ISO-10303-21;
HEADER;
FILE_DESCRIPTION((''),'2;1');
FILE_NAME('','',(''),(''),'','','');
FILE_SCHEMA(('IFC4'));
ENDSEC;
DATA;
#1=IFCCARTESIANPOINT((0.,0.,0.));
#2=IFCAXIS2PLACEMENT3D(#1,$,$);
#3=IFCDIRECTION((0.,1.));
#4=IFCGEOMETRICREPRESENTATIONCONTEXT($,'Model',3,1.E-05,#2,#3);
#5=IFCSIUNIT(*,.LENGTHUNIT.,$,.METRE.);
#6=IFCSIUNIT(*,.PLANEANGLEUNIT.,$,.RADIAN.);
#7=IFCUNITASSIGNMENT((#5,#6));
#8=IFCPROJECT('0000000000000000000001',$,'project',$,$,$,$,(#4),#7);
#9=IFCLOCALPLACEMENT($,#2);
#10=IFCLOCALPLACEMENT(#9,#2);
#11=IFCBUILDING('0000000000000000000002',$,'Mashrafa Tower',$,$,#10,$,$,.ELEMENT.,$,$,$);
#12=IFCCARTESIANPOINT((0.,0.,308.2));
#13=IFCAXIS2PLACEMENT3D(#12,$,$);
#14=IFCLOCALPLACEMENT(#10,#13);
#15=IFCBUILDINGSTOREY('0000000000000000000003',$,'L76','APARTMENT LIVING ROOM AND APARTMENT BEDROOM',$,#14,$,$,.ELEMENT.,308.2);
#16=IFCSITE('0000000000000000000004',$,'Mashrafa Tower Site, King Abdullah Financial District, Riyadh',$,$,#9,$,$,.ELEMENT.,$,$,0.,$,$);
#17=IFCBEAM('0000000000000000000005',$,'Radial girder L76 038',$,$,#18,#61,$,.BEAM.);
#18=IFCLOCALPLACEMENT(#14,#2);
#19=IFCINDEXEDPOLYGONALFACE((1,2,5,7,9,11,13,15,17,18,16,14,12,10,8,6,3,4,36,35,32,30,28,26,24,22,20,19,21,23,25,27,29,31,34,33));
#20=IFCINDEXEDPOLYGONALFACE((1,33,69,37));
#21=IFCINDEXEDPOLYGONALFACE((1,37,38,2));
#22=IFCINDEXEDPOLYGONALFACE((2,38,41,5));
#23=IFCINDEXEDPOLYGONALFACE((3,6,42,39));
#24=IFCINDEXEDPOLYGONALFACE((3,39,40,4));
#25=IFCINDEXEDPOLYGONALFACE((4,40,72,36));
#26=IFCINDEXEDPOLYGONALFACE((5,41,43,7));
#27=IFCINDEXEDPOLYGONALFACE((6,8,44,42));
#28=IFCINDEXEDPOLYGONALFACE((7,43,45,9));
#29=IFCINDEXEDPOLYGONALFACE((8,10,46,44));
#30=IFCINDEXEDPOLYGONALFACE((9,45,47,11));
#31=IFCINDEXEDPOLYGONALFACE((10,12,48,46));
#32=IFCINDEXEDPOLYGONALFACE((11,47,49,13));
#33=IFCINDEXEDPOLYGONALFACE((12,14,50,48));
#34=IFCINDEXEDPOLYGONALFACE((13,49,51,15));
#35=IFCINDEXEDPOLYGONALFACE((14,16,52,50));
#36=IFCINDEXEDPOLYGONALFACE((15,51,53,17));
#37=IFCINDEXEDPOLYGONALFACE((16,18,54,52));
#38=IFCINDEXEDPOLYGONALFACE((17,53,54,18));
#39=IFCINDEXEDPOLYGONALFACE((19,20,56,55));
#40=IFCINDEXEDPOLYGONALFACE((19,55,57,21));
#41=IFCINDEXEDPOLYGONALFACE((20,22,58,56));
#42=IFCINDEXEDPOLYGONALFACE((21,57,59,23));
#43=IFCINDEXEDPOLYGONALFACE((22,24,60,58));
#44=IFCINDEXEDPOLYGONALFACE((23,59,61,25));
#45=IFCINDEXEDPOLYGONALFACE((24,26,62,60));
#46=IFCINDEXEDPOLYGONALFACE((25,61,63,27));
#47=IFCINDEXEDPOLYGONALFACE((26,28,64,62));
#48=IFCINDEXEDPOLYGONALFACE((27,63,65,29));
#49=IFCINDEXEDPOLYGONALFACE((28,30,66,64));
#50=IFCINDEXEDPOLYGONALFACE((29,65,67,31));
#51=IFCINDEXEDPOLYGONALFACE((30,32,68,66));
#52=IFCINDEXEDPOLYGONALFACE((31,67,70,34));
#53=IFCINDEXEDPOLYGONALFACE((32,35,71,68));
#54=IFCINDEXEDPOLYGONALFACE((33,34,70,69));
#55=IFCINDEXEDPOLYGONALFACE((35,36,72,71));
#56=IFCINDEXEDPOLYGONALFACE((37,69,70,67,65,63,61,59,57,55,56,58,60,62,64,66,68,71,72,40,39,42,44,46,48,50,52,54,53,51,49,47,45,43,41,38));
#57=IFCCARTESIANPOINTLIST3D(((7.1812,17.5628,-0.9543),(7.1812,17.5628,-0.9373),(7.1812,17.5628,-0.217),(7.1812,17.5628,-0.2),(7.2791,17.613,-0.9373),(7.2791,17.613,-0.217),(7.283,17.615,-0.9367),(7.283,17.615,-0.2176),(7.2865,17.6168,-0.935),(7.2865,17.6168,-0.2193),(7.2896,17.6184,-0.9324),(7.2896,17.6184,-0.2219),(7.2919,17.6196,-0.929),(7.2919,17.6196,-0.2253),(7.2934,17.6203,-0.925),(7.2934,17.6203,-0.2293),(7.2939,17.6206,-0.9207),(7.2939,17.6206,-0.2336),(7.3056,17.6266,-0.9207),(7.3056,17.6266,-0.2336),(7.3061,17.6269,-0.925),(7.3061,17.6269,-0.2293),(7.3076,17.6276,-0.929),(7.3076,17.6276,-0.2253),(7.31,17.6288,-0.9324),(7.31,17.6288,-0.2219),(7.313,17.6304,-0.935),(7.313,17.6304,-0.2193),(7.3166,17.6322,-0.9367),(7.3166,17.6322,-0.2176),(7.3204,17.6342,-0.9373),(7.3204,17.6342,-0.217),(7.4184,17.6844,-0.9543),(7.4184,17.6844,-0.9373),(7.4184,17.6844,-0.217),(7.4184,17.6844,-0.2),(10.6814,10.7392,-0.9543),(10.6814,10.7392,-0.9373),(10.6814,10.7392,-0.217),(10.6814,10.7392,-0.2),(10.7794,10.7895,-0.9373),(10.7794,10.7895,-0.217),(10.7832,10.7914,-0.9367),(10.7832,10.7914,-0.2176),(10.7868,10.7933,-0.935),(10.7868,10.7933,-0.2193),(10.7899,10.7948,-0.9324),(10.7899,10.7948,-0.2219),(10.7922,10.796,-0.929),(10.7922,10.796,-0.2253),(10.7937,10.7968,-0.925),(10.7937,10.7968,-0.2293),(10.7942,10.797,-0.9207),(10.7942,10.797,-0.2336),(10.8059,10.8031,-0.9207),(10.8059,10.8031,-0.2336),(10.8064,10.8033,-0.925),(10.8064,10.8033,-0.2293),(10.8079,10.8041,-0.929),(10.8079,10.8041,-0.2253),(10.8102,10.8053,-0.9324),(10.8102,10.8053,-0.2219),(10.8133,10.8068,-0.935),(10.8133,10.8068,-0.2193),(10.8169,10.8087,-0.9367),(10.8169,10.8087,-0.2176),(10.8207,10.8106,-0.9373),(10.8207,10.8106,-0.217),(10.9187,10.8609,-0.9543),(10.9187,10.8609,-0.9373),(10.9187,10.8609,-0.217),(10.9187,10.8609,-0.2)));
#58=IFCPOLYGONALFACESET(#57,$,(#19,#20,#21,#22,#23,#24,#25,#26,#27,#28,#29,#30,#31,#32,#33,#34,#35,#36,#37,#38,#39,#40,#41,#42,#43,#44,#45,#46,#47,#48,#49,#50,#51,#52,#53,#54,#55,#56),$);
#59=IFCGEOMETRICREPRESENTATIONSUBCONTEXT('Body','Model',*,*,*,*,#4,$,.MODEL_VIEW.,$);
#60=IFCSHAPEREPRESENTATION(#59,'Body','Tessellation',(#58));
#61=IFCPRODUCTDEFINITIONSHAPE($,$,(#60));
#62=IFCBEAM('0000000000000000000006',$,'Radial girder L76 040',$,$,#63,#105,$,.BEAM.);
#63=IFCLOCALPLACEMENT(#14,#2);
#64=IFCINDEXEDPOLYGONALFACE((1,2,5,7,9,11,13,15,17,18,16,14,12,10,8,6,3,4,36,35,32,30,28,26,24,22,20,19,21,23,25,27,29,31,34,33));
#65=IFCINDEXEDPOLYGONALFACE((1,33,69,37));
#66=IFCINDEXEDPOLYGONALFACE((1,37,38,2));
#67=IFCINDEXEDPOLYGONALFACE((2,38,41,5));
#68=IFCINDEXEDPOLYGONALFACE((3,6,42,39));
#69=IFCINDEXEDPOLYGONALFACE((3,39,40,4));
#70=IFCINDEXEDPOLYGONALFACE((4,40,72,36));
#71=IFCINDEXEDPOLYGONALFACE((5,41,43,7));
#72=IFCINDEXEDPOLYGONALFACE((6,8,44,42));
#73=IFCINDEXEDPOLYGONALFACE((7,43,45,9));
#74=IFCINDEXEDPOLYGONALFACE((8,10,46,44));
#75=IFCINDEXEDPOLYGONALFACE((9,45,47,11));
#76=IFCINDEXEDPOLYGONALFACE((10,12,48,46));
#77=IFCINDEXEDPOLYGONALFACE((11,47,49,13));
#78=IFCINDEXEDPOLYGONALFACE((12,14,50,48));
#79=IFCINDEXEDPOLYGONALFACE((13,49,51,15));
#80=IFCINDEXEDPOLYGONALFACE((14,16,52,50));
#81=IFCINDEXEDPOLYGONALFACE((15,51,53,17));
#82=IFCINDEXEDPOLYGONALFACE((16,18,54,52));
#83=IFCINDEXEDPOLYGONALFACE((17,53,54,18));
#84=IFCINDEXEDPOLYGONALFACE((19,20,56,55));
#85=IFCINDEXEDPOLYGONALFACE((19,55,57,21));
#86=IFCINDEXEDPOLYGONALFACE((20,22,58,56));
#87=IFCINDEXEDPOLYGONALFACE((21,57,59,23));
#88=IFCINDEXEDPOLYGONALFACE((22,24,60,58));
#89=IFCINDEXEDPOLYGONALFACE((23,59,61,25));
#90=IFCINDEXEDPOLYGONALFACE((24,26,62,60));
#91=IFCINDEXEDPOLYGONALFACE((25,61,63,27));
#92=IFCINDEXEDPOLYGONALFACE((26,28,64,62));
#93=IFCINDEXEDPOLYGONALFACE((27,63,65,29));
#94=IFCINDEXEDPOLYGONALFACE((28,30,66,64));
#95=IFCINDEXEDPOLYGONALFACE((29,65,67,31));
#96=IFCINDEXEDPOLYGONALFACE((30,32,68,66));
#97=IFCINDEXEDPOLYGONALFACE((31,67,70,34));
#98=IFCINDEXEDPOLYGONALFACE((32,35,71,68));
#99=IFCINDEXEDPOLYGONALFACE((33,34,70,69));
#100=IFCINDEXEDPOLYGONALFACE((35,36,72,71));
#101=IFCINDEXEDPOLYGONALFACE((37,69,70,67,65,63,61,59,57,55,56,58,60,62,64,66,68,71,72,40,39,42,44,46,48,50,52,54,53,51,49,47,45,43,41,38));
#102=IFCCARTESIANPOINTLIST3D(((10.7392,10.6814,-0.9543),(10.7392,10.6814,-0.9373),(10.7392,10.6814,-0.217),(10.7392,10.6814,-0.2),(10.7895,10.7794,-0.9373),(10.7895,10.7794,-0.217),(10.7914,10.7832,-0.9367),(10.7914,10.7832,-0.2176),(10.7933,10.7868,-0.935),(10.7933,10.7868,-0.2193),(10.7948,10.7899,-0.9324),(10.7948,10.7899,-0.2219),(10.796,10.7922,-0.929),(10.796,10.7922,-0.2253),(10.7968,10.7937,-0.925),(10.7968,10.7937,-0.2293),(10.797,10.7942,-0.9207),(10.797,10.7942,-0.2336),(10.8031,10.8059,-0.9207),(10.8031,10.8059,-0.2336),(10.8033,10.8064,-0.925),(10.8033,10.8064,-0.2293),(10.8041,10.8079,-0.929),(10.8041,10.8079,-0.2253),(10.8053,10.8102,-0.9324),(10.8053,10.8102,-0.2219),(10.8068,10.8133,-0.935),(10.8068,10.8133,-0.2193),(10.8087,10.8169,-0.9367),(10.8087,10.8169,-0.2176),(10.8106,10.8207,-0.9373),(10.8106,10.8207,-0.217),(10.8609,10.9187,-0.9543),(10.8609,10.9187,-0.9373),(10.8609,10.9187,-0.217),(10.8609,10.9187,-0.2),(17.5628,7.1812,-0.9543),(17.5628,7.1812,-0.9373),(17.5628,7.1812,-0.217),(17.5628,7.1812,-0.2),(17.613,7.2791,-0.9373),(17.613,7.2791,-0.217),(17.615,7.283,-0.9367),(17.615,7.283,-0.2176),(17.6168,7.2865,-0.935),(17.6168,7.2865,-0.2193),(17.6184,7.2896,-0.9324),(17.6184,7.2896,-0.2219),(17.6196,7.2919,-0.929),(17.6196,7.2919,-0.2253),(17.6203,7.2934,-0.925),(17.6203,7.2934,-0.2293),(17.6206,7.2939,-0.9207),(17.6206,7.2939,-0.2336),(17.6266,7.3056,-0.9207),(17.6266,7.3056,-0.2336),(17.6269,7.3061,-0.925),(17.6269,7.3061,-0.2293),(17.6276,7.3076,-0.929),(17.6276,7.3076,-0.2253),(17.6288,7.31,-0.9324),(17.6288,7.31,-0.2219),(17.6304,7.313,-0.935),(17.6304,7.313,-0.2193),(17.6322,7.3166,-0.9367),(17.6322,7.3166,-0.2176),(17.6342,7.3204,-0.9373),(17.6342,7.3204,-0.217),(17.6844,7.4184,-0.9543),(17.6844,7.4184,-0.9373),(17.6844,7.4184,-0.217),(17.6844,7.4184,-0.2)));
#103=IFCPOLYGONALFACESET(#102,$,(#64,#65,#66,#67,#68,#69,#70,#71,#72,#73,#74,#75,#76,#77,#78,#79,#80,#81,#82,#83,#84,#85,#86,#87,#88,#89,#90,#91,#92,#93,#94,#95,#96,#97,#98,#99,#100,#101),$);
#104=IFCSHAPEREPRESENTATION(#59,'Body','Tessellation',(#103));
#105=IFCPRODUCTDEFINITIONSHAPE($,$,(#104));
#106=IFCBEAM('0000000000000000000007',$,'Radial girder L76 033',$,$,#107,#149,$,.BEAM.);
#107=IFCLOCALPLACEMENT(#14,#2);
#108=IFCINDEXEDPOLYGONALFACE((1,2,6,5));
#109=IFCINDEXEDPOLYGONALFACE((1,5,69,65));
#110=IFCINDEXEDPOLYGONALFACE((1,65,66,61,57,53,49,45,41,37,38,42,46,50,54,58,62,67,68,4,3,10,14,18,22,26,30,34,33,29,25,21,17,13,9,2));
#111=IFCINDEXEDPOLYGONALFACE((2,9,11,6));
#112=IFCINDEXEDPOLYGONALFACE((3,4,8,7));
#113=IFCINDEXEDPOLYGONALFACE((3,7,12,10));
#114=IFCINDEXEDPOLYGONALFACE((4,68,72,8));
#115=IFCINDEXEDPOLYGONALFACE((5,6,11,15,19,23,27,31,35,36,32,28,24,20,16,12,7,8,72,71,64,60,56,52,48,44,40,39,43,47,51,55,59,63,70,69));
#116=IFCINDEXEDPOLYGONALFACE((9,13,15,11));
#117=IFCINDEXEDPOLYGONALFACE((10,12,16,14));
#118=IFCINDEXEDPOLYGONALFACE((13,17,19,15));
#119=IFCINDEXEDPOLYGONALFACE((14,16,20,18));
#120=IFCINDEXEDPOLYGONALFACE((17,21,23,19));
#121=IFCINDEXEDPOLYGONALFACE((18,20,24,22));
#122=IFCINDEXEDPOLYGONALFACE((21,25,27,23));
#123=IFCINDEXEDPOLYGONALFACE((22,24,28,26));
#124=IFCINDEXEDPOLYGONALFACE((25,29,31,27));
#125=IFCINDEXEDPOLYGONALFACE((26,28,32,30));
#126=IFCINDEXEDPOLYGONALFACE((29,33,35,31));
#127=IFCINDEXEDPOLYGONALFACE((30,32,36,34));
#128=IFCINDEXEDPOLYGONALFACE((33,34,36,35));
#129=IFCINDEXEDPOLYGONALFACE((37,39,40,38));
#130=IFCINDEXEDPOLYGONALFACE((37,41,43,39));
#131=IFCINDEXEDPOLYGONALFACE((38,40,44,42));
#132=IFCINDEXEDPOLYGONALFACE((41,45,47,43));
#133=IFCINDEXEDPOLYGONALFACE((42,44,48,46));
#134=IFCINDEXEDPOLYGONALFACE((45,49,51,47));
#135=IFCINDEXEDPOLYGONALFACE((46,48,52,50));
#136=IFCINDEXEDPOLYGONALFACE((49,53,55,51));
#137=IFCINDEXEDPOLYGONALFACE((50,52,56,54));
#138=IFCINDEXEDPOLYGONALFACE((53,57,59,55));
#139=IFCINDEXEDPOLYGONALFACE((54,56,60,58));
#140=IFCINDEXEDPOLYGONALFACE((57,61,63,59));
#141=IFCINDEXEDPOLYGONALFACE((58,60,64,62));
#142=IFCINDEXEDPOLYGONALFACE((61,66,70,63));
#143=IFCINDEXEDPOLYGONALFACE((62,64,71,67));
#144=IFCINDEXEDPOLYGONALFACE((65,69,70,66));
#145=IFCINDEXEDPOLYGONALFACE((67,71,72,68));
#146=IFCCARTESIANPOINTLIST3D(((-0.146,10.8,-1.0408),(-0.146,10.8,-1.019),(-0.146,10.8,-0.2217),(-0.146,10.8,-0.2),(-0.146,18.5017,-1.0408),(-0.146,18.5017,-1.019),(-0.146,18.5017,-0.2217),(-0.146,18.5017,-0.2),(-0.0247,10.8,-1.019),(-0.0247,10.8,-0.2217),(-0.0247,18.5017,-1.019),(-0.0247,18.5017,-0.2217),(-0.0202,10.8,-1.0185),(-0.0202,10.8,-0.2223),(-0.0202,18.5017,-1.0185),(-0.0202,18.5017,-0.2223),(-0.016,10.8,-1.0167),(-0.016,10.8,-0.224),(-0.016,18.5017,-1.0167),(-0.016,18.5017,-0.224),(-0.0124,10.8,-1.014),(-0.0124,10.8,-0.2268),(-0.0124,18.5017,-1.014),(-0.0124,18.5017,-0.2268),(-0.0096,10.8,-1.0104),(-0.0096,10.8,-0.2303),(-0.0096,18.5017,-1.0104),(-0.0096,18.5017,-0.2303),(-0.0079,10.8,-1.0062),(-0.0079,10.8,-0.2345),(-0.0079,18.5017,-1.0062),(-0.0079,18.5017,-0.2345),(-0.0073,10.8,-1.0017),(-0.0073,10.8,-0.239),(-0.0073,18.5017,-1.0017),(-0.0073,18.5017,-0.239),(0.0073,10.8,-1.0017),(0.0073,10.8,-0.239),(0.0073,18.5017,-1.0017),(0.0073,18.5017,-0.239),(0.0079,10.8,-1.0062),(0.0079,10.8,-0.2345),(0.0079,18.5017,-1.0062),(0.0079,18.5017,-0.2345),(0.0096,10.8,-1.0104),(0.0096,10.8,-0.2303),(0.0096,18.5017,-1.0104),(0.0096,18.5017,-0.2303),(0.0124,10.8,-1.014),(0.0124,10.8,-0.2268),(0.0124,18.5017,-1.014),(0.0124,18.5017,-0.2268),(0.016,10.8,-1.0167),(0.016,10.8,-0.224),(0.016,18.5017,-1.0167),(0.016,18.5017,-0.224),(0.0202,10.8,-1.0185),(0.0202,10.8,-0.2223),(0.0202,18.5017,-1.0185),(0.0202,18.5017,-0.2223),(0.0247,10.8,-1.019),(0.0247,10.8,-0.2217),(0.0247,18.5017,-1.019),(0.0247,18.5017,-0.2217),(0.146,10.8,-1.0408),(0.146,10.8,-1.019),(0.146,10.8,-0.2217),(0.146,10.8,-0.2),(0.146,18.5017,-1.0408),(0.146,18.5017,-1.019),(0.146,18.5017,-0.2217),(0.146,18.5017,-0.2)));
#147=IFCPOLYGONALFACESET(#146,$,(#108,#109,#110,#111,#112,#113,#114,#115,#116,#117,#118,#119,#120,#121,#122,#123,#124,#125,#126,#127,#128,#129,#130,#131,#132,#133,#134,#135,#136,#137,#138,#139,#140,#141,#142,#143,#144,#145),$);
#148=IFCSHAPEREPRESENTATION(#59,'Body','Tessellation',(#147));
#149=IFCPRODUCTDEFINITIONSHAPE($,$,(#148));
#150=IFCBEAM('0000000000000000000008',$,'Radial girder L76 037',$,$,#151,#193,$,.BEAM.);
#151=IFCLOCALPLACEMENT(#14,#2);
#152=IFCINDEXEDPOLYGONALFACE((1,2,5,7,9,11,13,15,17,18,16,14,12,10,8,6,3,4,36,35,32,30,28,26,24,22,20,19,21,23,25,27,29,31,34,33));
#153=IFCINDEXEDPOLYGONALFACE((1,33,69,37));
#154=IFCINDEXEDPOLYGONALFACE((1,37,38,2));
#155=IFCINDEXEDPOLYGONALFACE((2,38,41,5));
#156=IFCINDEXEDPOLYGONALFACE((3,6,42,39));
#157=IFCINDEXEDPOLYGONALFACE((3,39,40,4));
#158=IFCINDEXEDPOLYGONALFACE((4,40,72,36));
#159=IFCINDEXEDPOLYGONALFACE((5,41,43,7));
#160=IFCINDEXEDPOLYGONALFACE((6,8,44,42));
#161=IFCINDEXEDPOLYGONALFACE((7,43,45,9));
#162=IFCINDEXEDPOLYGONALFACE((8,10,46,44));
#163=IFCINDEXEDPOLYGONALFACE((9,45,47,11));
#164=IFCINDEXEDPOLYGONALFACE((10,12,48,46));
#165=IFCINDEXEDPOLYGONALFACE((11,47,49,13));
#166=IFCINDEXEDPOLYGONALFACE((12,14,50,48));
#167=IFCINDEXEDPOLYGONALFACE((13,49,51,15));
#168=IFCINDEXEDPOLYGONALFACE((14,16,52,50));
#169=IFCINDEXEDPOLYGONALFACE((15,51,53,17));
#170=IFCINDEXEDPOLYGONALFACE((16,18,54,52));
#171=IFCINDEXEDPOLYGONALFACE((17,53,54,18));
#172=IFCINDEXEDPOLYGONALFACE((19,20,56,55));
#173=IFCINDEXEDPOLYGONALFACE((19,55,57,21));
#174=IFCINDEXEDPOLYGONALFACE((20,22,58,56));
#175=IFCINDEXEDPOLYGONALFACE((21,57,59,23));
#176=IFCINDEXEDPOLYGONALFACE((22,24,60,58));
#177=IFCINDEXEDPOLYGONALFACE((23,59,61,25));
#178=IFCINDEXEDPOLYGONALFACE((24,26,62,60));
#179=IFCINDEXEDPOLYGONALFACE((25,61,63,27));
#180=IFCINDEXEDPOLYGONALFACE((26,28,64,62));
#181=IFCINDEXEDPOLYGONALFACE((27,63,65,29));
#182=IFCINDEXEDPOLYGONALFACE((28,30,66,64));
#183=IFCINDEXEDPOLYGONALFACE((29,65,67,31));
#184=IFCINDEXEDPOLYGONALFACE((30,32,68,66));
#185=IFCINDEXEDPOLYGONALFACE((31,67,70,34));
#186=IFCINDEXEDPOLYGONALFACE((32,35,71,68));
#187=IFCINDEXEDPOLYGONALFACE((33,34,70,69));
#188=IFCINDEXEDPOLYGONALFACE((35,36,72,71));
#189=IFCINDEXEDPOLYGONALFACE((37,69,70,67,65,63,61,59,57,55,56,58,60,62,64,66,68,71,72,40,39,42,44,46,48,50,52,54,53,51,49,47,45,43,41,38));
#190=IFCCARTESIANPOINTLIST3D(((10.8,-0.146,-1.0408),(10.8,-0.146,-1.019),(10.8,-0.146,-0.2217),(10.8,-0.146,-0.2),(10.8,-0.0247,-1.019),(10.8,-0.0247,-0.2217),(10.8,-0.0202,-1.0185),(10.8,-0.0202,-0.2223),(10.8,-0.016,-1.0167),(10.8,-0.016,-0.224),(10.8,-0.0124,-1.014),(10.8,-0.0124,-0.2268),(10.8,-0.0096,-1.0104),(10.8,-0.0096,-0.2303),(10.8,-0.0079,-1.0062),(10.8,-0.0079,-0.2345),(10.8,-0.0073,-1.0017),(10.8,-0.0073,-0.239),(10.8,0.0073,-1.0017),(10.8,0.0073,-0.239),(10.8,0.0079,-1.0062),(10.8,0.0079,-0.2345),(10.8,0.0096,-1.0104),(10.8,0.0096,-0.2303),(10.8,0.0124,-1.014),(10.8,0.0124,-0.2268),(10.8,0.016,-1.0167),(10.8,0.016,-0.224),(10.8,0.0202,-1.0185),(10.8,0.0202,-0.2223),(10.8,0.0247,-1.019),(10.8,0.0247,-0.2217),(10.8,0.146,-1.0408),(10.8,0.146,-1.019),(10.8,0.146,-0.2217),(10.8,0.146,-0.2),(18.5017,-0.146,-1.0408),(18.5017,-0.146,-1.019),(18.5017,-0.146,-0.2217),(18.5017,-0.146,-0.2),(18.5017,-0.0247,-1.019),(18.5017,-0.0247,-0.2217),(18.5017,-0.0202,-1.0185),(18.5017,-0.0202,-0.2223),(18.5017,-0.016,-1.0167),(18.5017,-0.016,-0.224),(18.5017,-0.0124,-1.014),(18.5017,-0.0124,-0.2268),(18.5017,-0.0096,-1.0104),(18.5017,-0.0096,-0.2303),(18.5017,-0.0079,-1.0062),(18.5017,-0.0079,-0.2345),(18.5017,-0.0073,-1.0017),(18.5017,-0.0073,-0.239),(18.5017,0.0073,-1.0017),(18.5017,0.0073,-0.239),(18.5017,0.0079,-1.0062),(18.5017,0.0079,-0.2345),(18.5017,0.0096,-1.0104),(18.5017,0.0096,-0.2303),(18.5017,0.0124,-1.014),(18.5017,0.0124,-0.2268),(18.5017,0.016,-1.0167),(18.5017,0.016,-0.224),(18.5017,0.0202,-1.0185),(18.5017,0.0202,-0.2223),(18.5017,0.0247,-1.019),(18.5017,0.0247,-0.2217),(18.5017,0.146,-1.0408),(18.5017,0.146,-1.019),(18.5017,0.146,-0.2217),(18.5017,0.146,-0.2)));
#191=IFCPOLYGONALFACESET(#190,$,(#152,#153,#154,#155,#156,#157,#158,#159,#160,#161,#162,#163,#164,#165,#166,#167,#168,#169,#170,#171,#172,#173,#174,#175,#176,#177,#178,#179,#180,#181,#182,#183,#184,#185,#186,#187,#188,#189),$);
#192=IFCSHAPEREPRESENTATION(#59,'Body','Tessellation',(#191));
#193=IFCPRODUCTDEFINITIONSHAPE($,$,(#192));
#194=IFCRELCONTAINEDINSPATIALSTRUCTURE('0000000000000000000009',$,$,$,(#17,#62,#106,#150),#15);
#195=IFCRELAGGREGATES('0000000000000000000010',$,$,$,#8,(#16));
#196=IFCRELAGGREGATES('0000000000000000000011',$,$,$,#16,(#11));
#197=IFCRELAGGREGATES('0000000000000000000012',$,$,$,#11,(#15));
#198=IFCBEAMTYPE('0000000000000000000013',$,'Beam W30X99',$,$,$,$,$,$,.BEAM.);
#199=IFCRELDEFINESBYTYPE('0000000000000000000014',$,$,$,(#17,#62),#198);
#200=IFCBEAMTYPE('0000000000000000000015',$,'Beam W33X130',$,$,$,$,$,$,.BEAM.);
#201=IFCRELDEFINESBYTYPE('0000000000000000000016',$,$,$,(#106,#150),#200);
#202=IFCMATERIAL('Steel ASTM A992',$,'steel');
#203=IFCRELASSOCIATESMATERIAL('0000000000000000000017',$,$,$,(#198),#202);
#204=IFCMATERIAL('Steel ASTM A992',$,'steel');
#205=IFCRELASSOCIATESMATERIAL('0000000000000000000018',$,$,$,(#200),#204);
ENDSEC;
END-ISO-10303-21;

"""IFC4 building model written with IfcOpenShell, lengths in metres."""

from ifc_helpers import new_model, si_unit, direction, frame, origin, origin_2d, place, context, subcontext, project, spatial, i_section, extrude, material, material_profile, profile_set, type_object, element, save


model = new_model("IFC4")

# Units and contexts
model_context = context("Model", 3, precision=1e-05, world=origin(), true_north=direction((0.0, 1.0)))
body_context = subcontext(model_context, "Body", "Model", "MODEL_VIEW")
ifc_project = project(units=[si_unit("LENGTHUNIT", "METRE"), si_unit("PLANEANGLEUNIT", "RADIAN")], contexts=[model_context])

# Site, building, storey
site_placement = place(None, origin())
site = spatial("IfcSite", under=ifc_project, at=site_placement, Name="Mashrafa Tower Site, King Abdullah Financial District, Riyadh", CompositionType="ELEMENT", RefElevation=0.0)
building_placement = place(site_placement, origin())
building = spatial("IfcBuilding", under=site, at=building_placement, Name="Mashrafa Tower", CompositionType="ELEMENT")
storey_placement = place(building_placement, frame((0.0, 0.0, 308.2)))
storey = spatial("IfcBuildingStorey", under=building, at=storey_placement, Name="L76", Description="APARTMENT LIVING ROOM AND APARTMENT BEDROOM", CompositionType="ELEMENT", Elevation=308.2)

# Beams
ifc_material_1 = material(Name="Steel ASTM A992", Category="steel")
ifc_material_profile_1 = material_profile(ifc_material_1, i_section(OverallWidth=0.2666, OverallDepth=0.7544, WebThickness=0.0132, FlangeThickness=0.0171, FilletRadius=0.0166, at=origin_2d()), Name="W30X99")
ifc_profile_set_1 = profile_set([ifc_material_profile_1], Name="Steel ASTM A992")
beam_type_1 = type_object("IfcBeamType", Name="Beam W30X99", PredefinedType="BEAM", material=ifc_profile_set_1)
for number, where, z_axis, x_axis, name in (
    (1, (10.8, 10.8, -0.5771), (-0.456422, 0.889763, 0.0), (-0.889763, -0.456422, 0.0), "Radial girder L76 038"),
    (2, (10.8, 10.8, -0.5771), (0.889763, -0.456422, 0.0), (0.456422, 0.889763, 0.0), "Radial girder L76 040"),
):
    element("IfcBeam", number, at=place(storey_placement, frame(where, z_axis=z_axis, x_axis=x_axis)), inside=storey, type_object=beam_type_1, Name=name, PredefinedType="BEAM", context=body_context, shape_type="SweptSolid", body=[
        extrude(i_section(OverallWidth=0.2666, OverallDepth=0.7544, WebThickness=0.0132, FlangeThickness=0.0171, FilletRadius=0.0166, at=origin_2d()), origin(), (0.0, 0.0, 1.0), 7.6689),
    ])
ifc_material_2 = material(Name="Steel ASTM A992", Category="steel")
ifc_material_profile_2 = material_profile(ifc_material_2, i_section(OverallWidth=0.292, OverallDepth=0.8408, WebThickness=0.0146, FlangeThickness=0.0217, FilletRadius=0.0173, at=origin_2d()), Name="W33X130")
ifc_profile_set_2 = profile_set([ifc_material_profile_2], Name="Steel ASTM A992")
beam_type_2 = type_object("IfcBeamType", Name="Beam W33X130", PredefinedType="BEAM", material=ifc_profile_set_2)
for number, where, z_axis, x_axis, name in (
    (3, (0.0, 10.8, -0.6204), (0.0, 1.0, 0.0), (-1.0, 0.0, 0.0), "Radial girder L76 033"),
    (4, (10.8, 0.0, -0.6204), (1.0, 0.0, 0.0), (0.0, 1.0, 0.0), "Radial girder L76 037"),
):
    element("IfcBeam", number, at=place(storey_placement, frame(where, z_axis=z_axis, x_axis=x_axis)), inside=storey, type_object=beam_type_2, Name=name, PredefinedType="BEAM", context=body_context, shape_type="SweptSolid", body=[
        extrude(i_section(OverallWidth=0.292, OverallDepth=0.8408, WebThickness=0.0146, FlangeThickness=0.0217, FilletRadius=0.0173, at=origin_2d()), origin(), (0.0, 0.0, 1.0), 7.7017),
    ])

save(model, "model.ifc")
